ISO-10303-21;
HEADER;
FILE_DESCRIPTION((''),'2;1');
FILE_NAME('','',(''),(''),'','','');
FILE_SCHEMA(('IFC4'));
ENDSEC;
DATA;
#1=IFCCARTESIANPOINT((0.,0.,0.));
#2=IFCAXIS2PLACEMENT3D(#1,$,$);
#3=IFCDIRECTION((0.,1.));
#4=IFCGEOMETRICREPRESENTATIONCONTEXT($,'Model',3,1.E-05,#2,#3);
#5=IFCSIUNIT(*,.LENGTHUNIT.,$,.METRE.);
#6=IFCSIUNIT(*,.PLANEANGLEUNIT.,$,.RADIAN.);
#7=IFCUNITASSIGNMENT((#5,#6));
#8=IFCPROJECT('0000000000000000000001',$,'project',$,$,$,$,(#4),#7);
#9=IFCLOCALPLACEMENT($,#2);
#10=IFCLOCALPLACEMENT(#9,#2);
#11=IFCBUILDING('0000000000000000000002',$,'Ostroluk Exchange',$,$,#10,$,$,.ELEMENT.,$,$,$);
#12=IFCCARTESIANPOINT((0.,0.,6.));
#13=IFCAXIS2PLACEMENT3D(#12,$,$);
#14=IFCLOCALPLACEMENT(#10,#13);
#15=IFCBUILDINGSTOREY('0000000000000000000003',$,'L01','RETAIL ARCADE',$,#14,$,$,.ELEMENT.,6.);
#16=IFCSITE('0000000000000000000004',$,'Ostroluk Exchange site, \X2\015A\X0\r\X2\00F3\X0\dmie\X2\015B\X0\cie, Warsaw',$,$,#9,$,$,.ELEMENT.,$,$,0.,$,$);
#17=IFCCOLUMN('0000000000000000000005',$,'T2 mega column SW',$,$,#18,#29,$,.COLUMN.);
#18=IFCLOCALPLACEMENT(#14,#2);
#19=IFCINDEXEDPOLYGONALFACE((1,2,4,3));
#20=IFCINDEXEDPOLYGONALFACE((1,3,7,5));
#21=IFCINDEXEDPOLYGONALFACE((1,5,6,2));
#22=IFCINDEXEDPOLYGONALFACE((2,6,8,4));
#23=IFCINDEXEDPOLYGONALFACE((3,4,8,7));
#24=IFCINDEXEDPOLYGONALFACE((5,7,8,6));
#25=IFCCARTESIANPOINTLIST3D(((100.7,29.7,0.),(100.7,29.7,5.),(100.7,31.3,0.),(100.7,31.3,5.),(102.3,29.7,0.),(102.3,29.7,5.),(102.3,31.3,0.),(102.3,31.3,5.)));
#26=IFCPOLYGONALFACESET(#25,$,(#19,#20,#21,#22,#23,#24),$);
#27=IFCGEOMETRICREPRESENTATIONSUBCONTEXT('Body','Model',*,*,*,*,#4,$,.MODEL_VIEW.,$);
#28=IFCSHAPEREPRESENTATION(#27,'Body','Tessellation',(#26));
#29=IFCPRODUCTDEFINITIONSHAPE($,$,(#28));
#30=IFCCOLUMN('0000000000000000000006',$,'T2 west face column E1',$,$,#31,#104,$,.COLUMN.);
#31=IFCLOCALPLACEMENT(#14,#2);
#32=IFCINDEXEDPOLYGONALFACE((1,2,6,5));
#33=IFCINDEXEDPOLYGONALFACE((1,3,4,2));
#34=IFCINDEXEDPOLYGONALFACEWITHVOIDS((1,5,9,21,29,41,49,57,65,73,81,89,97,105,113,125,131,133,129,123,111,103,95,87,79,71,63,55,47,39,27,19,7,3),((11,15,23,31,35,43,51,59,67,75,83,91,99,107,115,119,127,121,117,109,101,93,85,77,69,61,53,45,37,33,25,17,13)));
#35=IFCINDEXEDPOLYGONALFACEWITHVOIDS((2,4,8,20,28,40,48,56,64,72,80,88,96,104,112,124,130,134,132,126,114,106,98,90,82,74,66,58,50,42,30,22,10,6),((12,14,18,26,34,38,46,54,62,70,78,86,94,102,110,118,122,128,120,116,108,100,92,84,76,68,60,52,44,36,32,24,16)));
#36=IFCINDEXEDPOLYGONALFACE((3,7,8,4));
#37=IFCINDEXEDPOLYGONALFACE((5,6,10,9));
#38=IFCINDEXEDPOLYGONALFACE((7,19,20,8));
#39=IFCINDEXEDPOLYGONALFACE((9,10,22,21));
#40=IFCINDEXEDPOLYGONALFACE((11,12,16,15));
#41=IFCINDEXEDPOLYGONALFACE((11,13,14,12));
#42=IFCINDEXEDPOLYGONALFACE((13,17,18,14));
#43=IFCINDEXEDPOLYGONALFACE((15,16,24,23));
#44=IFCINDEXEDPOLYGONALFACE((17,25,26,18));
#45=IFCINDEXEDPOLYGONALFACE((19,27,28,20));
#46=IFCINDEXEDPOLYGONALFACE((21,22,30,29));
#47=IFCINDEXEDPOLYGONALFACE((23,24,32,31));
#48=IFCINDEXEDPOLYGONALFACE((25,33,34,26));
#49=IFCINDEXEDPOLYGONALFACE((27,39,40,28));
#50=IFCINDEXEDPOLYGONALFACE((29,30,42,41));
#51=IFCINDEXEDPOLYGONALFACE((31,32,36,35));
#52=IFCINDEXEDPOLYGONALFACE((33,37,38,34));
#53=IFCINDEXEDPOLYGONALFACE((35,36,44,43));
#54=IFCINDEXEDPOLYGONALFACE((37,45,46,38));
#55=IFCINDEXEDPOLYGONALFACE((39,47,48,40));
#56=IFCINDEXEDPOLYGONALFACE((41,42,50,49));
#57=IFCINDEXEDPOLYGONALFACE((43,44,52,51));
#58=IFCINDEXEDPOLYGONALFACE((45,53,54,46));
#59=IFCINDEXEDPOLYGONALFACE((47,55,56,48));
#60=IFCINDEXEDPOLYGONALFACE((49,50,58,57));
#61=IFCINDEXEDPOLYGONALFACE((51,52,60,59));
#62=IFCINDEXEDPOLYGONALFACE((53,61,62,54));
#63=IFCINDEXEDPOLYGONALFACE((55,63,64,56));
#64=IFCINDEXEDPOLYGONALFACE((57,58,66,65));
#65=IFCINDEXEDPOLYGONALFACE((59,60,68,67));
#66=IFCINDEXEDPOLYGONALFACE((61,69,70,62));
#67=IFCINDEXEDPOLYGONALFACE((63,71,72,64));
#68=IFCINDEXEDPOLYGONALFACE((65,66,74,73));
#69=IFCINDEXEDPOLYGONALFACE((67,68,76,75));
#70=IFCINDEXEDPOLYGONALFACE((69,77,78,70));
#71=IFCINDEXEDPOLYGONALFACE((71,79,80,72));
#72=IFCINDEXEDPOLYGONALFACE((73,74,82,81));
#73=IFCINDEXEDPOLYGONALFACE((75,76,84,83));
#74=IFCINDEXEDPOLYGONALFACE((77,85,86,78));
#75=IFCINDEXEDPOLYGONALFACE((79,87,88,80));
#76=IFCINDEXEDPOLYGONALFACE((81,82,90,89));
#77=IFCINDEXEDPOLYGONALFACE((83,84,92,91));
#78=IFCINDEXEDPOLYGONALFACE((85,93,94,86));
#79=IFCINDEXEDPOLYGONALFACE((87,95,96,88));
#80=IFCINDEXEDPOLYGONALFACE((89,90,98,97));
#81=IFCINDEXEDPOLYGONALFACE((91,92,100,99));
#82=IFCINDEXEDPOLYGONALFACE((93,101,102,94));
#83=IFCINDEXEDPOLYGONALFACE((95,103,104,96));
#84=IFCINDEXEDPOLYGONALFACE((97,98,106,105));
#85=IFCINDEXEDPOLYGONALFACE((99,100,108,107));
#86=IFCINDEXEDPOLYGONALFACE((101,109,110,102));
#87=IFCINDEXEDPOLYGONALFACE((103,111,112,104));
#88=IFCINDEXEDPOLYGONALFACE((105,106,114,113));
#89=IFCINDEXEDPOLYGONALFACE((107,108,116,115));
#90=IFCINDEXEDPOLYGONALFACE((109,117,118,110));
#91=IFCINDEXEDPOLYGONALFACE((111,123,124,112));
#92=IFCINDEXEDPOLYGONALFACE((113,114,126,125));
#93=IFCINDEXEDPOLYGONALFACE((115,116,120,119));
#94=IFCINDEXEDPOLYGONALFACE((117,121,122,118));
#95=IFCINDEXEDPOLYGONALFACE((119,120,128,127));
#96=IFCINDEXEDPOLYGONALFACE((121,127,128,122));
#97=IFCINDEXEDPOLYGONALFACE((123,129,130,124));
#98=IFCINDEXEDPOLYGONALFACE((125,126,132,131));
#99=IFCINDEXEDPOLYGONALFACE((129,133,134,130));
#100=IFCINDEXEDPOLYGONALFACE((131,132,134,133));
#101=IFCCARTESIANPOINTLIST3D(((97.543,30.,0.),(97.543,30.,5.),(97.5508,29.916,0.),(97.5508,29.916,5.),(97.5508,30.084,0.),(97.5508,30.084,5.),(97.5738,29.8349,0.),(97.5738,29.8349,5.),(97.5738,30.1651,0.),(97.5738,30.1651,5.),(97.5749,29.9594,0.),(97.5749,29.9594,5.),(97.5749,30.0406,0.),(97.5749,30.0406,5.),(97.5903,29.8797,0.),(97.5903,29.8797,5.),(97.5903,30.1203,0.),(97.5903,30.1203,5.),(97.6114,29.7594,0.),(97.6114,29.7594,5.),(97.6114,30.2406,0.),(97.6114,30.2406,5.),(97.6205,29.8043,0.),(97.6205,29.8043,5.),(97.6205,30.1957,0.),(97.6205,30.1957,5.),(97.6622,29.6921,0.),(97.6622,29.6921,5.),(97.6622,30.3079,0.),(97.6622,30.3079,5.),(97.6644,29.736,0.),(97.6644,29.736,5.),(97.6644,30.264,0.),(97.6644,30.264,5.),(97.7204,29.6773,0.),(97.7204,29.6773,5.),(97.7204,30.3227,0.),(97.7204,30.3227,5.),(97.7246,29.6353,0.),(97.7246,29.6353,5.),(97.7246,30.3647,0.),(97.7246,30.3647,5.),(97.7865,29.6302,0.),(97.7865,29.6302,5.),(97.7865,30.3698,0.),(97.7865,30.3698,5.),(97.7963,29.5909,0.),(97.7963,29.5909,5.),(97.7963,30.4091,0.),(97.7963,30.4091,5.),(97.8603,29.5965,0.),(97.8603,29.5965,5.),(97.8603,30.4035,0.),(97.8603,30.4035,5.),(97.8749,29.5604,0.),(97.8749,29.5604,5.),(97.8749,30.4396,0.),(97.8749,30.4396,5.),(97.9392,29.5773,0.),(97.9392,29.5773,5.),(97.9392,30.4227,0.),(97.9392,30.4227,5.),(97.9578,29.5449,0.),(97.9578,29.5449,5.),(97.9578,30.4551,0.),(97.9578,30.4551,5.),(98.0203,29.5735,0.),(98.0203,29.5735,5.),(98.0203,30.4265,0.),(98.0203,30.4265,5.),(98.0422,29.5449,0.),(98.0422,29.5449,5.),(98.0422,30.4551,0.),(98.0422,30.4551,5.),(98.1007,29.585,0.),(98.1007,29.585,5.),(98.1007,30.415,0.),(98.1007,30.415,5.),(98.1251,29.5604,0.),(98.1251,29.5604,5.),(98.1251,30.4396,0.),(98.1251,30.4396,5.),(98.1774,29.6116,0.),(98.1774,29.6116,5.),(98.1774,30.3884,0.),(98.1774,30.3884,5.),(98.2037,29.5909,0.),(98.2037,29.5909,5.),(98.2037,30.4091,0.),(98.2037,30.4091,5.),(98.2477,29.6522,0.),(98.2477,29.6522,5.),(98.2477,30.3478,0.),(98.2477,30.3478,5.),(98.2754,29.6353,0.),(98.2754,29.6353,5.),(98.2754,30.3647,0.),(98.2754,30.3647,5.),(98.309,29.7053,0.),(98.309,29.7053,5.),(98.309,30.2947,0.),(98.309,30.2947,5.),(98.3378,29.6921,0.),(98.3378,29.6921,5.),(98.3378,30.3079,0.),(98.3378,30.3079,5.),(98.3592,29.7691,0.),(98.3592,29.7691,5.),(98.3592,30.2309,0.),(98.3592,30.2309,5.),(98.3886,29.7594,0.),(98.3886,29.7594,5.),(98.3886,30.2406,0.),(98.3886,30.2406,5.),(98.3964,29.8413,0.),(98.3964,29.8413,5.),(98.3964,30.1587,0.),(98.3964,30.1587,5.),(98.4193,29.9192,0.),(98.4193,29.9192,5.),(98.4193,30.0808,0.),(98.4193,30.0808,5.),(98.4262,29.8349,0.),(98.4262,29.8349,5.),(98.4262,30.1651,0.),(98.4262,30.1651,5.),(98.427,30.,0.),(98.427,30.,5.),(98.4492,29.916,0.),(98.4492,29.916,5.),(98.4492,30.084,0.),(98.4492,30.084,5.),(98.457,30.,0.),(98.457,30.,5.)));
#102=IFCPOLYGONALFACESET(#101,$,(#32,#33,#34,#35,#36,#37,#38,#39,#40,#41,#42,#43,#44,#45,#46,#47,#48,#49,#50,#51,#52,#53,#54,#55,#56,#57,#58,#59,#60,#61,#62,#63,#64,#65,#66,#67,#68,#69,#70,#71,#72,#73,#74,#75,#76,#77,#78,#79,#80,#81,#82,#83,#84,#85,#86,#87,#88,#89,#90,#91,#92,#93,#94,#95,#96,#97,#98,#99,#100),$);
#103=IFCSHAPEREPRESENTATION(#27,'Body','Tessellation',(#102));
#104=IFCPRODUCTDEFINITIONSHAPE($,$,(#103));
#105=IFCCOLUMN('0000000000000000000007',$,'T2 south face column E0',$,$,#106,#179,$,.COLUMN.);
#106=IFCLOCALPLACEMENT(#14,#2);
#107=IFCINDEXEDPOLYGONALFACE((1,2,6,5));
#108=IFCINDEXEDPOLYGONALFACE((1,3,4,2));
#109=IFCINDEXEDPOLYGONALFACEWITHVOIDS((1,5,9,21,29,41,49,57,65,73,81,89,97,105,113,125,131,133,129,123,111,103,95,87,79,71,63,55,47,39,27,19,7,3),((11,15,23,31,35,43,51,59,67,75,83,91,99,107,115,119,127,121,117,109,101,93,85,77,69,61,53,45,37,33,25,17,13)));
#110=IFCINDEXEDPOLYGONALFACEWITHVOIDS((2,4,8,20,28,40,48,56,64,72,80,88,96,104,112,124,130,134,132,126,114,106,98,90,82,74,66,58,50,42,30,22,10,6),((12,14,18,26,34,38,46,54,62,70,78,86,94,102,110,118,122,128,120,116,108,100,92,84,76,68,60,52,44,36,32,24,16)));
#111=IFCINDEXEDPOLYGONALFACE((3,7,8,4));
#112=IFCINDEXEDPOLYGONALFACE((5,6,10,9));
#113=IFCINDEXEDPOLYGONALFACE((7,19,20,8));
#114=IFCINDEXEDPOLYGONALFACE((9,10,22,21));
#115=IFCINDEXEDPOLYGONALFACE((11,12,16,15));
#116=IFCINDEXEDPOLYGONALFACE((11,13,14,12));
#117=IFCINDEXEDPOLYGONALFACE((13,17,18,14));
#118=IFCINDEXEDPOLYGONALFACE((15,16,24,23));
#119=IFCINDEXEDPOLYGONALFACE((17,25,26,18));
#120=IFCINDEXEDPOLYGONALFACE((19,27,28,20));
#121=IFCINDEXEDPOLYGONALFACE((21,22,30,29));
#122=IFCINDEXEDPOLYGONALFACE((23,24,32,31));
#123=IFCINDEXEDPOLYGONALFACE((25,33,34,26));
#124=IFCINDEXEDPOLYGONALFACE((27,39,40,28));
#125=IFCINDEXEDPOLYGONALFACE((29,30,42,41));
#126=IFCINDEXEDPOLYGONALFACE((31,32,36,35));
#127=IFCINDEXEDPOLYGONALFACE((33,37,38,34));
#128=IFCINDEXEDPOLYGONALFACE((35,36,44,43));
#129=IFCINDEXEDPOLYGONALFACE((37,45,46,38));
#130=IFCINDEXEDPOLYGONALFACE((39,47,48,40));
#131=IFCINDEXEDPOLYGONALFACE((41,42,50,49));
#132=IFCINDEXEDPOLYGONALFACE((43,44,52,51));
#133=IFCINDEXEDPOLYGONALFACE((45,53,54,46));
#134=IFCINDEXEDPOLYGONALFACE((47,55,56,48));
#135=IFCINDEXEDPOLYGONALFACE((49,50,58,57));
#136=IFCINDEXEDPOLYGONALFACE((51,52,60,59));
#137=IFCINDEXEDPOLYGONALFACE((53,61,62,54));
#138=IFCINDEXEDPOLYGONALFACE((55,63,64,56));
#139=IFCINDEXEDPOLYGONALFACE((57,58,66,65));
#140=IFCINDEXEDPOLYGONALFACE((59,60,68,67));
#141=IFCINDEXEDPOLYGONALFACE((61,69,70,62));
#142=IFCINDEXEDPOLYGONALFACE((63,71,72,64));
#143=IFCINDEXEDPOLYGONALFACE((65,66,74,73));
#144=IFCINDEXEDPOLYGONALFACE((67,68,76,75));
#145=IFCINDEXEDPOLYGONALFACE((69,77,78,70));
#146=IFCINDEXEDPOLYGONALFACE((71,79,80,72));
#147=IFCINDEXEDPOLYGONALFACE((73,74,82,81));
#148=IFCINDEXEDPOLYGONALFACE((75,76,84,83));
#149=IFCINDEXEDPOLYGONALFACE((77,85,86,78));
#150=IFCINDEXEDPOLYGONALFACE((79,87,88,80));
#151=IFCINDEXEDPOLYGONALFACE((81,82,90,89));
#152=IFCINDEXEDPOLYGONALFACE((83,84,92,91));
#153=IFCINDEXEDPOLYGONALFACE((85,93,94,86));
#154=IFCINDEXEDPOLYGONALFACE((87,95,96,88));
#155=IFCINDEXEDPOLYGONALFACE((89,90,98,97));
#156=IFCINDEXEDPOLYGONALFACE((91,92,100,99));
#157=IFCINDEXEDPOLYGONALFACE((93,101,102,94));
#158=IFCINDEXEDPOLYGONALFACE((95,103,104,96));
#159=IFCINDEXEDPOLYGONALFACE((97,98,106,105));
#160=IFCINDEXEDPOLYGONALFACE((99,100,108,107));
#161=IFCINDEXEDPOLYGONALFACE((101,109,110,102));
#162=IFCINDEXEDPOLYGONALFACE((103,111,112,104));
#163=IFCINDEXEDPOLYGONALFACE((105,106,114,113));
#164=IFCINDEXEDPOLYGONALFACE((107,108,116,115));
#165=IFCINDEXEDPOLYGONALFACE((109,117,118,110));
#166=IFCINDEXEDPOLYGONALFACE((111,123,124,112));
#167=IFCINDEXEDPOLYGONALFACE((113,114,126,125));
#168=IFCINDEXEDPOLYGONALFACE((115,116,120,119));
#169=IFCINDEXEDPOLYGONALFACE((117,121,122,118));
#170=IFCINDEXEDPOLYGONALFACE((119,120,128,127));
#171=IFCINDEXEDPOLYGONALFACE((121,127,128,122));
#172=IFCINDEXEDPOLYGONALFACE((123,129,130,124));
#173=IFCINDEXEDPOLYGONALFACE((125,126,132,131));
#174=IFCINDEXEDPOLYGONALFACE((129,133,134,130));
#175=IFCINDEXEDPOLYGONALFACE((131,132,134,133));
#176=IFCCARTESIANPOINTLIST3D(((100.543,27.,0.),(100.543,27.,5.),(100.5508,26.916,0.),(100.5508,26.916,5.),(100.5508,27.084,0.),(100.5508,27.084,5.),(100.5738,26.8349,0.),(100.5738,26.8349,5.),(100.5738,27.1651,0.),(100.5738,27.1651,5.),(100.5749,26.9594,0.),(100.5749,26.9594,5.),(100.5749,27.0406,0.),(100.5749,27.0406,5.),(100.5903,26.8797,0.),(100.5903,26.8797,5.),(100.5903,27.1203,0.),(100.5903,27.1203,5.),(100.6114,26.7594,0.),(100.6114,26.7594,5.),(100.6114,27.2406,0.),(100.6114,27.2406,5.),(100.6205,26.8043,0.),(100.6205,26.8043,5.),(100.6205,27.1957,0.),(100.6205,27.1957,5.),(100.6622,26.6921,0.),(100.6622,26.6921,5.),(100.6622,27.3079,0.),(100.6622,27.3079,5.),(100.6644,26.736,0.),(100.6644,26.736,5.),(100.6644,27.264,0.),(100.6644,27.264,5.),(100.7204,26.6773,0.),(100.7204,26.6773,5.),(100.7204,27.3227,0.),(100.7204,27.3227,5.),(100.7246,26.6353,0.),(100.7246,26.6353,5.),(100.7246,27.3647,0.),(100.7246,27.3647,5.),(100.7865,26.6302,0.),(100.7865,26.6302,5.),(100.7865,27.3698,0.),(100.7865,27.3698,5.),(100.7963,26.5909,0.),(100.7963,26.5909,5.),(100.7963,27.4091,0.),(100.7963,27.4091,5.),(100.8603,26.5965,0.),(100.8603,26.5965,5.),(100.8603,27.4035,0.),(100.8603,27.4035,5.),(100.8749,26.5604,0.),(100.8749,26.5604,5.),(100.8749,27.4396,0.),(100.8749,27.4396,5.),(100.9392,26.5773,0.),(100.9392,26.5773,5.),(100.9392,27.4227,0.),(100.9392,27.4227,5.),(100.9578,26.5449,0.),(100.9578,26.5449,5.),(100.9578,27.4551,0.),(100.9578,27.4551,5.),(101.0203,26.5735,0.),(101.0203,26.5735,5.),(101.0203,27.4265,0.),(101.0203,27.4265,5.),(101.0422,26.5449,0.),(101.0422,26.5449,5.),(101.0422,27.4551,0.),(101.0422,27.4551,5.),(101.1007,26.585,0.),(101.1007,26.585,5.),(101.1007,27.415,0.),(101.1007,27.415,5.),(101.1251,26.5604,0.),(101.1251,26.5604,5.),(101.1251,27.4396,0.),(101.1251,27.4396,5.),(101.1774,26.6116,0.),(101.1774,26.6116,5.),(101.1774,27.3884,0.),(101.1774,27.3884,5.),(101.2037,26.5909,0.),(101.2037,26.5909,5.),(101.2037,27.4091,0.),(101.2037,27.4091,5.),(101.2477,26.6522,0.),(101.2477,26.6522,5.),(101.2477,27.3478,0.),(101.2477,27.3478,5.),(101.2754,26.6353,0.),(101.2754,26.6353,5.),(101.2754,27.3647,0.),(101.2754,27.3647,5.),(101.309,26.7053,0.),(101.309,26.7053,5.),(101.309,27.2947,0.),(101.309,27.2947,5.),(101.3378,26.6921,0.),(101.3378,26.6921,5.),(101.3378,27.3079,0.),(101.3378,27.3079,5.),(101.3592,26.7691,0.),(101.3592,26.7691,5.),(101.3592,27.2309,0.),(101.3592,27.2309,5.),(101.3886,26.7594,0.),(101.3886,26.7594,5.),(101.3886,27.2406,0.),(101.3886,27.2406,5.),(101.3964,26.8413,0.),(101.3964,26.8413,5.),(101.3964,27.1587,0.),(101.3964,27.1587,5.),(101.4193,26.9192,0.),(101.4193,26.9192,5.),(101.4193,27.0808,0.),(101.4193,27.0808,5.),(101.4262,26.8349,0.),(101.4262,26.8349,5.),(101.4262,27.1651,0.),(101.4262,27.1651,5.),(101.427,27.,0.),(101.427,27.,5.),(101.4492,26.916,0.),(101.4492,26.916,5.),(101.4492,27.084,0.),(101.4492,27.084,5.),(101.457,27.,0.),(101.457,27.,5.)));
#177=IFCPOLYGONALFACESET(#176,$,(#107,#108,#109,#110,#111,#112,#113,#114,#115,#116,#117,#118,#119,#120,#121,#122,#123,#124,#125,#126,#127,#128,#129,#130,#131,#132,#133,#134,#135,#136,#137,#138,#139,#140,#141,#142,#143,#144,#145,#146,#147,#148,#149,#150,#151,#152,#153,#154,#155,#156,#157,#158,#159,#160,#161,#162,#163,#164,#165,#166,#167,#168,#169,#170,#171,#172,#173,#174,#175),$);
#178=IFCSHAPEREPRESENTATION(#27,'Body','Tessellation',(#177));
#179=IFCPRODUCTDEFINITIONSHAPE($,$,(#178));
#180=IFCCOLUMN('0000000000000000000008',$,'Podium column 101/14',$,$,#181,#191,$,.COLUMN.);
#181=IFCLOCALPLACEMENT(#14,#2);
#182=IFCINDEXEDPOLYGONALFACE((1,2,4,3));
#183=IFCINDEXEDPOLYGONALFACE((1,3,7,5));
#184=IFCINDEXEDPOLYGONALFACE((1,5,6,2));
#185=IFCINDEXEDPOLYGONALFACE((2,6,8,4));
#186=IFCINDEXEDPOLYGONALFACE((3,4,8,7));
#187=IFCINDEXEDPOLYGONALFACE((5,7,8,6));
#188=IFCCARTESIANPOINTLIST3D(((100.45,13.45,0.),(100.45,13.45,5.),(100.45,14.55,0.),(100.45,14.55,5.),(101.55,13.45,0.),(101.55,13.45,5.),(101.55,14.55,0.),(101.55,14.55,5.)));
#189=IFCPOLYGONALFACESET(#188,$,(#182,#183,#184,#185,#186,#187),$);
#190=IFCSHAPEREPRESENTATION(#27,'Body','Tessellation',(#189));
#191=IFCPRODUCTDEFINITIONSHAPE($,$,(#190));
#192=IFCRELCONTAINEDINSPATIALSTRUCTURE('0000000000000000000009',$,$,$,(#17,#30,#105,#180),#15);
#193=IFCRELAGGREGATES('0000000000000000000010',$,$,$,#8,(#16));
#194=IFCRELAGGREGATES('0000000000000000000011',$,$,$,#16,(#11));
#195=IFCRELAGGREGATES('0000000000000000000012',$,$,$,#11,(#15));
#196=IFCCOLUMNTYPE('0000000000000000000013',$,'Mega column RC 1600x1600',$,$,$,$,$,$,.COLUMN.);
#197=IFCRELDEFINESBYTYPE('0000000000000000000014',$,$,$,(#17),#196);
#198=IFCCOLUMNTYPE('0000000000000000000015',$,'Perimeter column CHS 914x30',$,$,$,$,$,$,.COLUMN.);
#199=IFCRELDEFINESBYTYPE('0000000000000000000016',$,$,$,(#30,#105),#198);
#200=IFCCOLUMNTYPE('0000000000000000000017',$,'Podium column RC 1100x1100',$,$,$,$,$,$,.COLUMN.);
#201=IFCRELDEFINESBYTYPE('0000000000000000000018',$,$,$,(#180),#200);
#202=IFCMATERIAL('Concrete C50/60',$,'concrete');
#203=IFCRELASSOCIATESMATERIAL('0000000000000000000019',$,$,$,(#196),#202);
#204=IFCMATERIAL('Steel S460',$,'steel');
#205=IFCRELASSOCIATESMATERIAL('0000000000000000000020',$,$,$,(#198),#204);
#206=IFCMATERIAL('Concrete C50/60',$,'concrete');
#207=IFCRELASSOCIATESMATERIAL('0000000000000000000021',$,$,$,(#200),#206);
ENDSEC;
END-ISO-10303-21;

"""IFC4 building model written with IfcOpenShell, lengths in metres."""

from ifc_helpers import new_model, si_unit, direction, frame, origin, origin_2d, place, context, subcontext, project, spatial, rectangle, hollow_circle, extrude, material, material_profile, profile_set, type_object, element, save


model = new_model("IFC4")

# Units and contexts
model_context = context("Model", 3, precision=1e-05, world=origin(), true_north=direction((0.0, 1.0)))
body_context = subcontext(model_context, "Body", "Model", "MODEL_VIEW")
ifc_project = project(units=[si_unit("LENGTHUNIT", "METRE"), si_unit("PLANEANGLEUNIT", "RADIAN")], contexts=[model_context])

# Site, building, storey
site_placement = place(None, origin())
site = spatial("IfcSite", under=ifc_project, at=site_placement, Name="Ostroluk Exchange site, Śródmieście, Warsaw", CompositionType="ELEMENT", RefElevation=0.0)
building_placement = place(site_placement, origin())
building = spatial("IfcBuilding", under=site, at=building_placement, Name="Ostroluk Exchange", CompositionType="ELEMENT")
storey_placement = place(building_placement, frame((0.0, 0.0, 6.0)))
storey = spatial("IfcBuildingStorey", under=building, at=storey_placement, Name="L01", Description="RETAIL ARCADE", CompositionType="ELEMENT", Elevation=6.0)

# Columns
ifc_material_1 = material(Name="Concrete C50/60", Category="concrete")
ifc_material_profile_1 = material_profile(ifc_material_1, rectangle(XDim=1.6001, YDim=1.6001, at=origin_2d()), Name="RC 1600x1600")
ifc_profile_set_1 = profile_set([ifc_material_profile_1], Name="Concrete C50/60")
column_type_1 = type_object("IfcColumnType", Name="Mega column RC 1600x1600", PredefinedType="COLUMN", material=ifc_profile_set_1)
column_1_placement = place(storey_placement, frame((101.5, 30.5, 0.0), z_axis=(0.0, 0.0, 1.0), x_axis=(1.0, 0.0, 0.0)))
element("IfcColumn", 1, at=column_1_placement, inside=storey, type_object=column_type_1, Name="T2 mega column SW", PredefinedType="COLUMN", context=body_context, shape_type="SweptSolid", body=[
    extrude(rectangle(XDim=1.6001, YDim=1.6001, at=origin_2d()), origin(), (0.0, 0.0, 1.0), 5.0),
])
ifc_material_2 = material(Name="Steel S460", Category="steel")
ifc_material_profile_2 = material_profile(ifc_material_2, hollow_circle(Radius=0.457, WallThickness=0.03, at=origin_2d()), Name="CHS 914x30")
ifc_profile_set_2 = profile_set([ifc_material_profile_2], Name="Steel S460")
column_type_2 = type_object("IfcColumnType", Name="Perimeter column CHS 914x30", PredefinedType="COLUMN", material=ifc_profile_set_2)
for number, where, z_axis, x_axis, name in (
    (2, (98.0, 30.0, 0.0), (0.0, 0.0, 1.0), (1.0, 0.0, 0.0), "T2 west face column E1"),
    (3, (101.0, 27.0, 0.0), (0.0, 0.0, 1.0), (1.0, 0.0, 0.0), "T2 south face column E0"),
):
    element("IfcColumn", number, at=place(storey_placement, frame(where, z_axis=z_axis, x_axis=x_axis)), inside=storey, type_object=column_type_2, Name=name, PredefinedType="COLUMN", context=body_context, shape_type="SweptSolid", body=[
        extrude(hollow_circle(Radius=0.457, WallThickness=0.03, at=origin_2d()), origin(), (0.0, 0.0, 1.0), 5.0),
    ])
ifc_material_3 = material(Name="Concrete C50/60", Category="concrete")
ifc_material_profile_3 = material_profile(ifc_material_3, rectangle(XDim=1.1001, YDim=1.1001, at=origin_2d()), Name="RC 1100x1100")
ifc_profile_set_3 = profile_set([ifc_material_profile_3], Name="Concrete C50/60")
column_type_3 = type_object("IfcColumnType", Name="Podium column RC 1100x1100", PredefinedType="COLUMN", material=ifc_profile_set_3)
column_2_placement = place(storey_placement, frame((101.0, 14.0, 0.0), z_axis=(0.0, 0.0, 1.0), x_axis=(1.0, 0.0, 0.0)))
element("IfcColumn", 4, at=column_2_placement, inside=storey, type_object=column_type_3, Name="Podium column 101/14", PredefinedType="COLUMN", context=body_context, shape_type="SweptSolid", body=[
    extrude(rectangle(XDim=1.1001, YDim=1.1001, at=origin_2d()), origin(), (0.0, 0.0, 1.0), 5.0),
])

save(model, "model.ifc")
